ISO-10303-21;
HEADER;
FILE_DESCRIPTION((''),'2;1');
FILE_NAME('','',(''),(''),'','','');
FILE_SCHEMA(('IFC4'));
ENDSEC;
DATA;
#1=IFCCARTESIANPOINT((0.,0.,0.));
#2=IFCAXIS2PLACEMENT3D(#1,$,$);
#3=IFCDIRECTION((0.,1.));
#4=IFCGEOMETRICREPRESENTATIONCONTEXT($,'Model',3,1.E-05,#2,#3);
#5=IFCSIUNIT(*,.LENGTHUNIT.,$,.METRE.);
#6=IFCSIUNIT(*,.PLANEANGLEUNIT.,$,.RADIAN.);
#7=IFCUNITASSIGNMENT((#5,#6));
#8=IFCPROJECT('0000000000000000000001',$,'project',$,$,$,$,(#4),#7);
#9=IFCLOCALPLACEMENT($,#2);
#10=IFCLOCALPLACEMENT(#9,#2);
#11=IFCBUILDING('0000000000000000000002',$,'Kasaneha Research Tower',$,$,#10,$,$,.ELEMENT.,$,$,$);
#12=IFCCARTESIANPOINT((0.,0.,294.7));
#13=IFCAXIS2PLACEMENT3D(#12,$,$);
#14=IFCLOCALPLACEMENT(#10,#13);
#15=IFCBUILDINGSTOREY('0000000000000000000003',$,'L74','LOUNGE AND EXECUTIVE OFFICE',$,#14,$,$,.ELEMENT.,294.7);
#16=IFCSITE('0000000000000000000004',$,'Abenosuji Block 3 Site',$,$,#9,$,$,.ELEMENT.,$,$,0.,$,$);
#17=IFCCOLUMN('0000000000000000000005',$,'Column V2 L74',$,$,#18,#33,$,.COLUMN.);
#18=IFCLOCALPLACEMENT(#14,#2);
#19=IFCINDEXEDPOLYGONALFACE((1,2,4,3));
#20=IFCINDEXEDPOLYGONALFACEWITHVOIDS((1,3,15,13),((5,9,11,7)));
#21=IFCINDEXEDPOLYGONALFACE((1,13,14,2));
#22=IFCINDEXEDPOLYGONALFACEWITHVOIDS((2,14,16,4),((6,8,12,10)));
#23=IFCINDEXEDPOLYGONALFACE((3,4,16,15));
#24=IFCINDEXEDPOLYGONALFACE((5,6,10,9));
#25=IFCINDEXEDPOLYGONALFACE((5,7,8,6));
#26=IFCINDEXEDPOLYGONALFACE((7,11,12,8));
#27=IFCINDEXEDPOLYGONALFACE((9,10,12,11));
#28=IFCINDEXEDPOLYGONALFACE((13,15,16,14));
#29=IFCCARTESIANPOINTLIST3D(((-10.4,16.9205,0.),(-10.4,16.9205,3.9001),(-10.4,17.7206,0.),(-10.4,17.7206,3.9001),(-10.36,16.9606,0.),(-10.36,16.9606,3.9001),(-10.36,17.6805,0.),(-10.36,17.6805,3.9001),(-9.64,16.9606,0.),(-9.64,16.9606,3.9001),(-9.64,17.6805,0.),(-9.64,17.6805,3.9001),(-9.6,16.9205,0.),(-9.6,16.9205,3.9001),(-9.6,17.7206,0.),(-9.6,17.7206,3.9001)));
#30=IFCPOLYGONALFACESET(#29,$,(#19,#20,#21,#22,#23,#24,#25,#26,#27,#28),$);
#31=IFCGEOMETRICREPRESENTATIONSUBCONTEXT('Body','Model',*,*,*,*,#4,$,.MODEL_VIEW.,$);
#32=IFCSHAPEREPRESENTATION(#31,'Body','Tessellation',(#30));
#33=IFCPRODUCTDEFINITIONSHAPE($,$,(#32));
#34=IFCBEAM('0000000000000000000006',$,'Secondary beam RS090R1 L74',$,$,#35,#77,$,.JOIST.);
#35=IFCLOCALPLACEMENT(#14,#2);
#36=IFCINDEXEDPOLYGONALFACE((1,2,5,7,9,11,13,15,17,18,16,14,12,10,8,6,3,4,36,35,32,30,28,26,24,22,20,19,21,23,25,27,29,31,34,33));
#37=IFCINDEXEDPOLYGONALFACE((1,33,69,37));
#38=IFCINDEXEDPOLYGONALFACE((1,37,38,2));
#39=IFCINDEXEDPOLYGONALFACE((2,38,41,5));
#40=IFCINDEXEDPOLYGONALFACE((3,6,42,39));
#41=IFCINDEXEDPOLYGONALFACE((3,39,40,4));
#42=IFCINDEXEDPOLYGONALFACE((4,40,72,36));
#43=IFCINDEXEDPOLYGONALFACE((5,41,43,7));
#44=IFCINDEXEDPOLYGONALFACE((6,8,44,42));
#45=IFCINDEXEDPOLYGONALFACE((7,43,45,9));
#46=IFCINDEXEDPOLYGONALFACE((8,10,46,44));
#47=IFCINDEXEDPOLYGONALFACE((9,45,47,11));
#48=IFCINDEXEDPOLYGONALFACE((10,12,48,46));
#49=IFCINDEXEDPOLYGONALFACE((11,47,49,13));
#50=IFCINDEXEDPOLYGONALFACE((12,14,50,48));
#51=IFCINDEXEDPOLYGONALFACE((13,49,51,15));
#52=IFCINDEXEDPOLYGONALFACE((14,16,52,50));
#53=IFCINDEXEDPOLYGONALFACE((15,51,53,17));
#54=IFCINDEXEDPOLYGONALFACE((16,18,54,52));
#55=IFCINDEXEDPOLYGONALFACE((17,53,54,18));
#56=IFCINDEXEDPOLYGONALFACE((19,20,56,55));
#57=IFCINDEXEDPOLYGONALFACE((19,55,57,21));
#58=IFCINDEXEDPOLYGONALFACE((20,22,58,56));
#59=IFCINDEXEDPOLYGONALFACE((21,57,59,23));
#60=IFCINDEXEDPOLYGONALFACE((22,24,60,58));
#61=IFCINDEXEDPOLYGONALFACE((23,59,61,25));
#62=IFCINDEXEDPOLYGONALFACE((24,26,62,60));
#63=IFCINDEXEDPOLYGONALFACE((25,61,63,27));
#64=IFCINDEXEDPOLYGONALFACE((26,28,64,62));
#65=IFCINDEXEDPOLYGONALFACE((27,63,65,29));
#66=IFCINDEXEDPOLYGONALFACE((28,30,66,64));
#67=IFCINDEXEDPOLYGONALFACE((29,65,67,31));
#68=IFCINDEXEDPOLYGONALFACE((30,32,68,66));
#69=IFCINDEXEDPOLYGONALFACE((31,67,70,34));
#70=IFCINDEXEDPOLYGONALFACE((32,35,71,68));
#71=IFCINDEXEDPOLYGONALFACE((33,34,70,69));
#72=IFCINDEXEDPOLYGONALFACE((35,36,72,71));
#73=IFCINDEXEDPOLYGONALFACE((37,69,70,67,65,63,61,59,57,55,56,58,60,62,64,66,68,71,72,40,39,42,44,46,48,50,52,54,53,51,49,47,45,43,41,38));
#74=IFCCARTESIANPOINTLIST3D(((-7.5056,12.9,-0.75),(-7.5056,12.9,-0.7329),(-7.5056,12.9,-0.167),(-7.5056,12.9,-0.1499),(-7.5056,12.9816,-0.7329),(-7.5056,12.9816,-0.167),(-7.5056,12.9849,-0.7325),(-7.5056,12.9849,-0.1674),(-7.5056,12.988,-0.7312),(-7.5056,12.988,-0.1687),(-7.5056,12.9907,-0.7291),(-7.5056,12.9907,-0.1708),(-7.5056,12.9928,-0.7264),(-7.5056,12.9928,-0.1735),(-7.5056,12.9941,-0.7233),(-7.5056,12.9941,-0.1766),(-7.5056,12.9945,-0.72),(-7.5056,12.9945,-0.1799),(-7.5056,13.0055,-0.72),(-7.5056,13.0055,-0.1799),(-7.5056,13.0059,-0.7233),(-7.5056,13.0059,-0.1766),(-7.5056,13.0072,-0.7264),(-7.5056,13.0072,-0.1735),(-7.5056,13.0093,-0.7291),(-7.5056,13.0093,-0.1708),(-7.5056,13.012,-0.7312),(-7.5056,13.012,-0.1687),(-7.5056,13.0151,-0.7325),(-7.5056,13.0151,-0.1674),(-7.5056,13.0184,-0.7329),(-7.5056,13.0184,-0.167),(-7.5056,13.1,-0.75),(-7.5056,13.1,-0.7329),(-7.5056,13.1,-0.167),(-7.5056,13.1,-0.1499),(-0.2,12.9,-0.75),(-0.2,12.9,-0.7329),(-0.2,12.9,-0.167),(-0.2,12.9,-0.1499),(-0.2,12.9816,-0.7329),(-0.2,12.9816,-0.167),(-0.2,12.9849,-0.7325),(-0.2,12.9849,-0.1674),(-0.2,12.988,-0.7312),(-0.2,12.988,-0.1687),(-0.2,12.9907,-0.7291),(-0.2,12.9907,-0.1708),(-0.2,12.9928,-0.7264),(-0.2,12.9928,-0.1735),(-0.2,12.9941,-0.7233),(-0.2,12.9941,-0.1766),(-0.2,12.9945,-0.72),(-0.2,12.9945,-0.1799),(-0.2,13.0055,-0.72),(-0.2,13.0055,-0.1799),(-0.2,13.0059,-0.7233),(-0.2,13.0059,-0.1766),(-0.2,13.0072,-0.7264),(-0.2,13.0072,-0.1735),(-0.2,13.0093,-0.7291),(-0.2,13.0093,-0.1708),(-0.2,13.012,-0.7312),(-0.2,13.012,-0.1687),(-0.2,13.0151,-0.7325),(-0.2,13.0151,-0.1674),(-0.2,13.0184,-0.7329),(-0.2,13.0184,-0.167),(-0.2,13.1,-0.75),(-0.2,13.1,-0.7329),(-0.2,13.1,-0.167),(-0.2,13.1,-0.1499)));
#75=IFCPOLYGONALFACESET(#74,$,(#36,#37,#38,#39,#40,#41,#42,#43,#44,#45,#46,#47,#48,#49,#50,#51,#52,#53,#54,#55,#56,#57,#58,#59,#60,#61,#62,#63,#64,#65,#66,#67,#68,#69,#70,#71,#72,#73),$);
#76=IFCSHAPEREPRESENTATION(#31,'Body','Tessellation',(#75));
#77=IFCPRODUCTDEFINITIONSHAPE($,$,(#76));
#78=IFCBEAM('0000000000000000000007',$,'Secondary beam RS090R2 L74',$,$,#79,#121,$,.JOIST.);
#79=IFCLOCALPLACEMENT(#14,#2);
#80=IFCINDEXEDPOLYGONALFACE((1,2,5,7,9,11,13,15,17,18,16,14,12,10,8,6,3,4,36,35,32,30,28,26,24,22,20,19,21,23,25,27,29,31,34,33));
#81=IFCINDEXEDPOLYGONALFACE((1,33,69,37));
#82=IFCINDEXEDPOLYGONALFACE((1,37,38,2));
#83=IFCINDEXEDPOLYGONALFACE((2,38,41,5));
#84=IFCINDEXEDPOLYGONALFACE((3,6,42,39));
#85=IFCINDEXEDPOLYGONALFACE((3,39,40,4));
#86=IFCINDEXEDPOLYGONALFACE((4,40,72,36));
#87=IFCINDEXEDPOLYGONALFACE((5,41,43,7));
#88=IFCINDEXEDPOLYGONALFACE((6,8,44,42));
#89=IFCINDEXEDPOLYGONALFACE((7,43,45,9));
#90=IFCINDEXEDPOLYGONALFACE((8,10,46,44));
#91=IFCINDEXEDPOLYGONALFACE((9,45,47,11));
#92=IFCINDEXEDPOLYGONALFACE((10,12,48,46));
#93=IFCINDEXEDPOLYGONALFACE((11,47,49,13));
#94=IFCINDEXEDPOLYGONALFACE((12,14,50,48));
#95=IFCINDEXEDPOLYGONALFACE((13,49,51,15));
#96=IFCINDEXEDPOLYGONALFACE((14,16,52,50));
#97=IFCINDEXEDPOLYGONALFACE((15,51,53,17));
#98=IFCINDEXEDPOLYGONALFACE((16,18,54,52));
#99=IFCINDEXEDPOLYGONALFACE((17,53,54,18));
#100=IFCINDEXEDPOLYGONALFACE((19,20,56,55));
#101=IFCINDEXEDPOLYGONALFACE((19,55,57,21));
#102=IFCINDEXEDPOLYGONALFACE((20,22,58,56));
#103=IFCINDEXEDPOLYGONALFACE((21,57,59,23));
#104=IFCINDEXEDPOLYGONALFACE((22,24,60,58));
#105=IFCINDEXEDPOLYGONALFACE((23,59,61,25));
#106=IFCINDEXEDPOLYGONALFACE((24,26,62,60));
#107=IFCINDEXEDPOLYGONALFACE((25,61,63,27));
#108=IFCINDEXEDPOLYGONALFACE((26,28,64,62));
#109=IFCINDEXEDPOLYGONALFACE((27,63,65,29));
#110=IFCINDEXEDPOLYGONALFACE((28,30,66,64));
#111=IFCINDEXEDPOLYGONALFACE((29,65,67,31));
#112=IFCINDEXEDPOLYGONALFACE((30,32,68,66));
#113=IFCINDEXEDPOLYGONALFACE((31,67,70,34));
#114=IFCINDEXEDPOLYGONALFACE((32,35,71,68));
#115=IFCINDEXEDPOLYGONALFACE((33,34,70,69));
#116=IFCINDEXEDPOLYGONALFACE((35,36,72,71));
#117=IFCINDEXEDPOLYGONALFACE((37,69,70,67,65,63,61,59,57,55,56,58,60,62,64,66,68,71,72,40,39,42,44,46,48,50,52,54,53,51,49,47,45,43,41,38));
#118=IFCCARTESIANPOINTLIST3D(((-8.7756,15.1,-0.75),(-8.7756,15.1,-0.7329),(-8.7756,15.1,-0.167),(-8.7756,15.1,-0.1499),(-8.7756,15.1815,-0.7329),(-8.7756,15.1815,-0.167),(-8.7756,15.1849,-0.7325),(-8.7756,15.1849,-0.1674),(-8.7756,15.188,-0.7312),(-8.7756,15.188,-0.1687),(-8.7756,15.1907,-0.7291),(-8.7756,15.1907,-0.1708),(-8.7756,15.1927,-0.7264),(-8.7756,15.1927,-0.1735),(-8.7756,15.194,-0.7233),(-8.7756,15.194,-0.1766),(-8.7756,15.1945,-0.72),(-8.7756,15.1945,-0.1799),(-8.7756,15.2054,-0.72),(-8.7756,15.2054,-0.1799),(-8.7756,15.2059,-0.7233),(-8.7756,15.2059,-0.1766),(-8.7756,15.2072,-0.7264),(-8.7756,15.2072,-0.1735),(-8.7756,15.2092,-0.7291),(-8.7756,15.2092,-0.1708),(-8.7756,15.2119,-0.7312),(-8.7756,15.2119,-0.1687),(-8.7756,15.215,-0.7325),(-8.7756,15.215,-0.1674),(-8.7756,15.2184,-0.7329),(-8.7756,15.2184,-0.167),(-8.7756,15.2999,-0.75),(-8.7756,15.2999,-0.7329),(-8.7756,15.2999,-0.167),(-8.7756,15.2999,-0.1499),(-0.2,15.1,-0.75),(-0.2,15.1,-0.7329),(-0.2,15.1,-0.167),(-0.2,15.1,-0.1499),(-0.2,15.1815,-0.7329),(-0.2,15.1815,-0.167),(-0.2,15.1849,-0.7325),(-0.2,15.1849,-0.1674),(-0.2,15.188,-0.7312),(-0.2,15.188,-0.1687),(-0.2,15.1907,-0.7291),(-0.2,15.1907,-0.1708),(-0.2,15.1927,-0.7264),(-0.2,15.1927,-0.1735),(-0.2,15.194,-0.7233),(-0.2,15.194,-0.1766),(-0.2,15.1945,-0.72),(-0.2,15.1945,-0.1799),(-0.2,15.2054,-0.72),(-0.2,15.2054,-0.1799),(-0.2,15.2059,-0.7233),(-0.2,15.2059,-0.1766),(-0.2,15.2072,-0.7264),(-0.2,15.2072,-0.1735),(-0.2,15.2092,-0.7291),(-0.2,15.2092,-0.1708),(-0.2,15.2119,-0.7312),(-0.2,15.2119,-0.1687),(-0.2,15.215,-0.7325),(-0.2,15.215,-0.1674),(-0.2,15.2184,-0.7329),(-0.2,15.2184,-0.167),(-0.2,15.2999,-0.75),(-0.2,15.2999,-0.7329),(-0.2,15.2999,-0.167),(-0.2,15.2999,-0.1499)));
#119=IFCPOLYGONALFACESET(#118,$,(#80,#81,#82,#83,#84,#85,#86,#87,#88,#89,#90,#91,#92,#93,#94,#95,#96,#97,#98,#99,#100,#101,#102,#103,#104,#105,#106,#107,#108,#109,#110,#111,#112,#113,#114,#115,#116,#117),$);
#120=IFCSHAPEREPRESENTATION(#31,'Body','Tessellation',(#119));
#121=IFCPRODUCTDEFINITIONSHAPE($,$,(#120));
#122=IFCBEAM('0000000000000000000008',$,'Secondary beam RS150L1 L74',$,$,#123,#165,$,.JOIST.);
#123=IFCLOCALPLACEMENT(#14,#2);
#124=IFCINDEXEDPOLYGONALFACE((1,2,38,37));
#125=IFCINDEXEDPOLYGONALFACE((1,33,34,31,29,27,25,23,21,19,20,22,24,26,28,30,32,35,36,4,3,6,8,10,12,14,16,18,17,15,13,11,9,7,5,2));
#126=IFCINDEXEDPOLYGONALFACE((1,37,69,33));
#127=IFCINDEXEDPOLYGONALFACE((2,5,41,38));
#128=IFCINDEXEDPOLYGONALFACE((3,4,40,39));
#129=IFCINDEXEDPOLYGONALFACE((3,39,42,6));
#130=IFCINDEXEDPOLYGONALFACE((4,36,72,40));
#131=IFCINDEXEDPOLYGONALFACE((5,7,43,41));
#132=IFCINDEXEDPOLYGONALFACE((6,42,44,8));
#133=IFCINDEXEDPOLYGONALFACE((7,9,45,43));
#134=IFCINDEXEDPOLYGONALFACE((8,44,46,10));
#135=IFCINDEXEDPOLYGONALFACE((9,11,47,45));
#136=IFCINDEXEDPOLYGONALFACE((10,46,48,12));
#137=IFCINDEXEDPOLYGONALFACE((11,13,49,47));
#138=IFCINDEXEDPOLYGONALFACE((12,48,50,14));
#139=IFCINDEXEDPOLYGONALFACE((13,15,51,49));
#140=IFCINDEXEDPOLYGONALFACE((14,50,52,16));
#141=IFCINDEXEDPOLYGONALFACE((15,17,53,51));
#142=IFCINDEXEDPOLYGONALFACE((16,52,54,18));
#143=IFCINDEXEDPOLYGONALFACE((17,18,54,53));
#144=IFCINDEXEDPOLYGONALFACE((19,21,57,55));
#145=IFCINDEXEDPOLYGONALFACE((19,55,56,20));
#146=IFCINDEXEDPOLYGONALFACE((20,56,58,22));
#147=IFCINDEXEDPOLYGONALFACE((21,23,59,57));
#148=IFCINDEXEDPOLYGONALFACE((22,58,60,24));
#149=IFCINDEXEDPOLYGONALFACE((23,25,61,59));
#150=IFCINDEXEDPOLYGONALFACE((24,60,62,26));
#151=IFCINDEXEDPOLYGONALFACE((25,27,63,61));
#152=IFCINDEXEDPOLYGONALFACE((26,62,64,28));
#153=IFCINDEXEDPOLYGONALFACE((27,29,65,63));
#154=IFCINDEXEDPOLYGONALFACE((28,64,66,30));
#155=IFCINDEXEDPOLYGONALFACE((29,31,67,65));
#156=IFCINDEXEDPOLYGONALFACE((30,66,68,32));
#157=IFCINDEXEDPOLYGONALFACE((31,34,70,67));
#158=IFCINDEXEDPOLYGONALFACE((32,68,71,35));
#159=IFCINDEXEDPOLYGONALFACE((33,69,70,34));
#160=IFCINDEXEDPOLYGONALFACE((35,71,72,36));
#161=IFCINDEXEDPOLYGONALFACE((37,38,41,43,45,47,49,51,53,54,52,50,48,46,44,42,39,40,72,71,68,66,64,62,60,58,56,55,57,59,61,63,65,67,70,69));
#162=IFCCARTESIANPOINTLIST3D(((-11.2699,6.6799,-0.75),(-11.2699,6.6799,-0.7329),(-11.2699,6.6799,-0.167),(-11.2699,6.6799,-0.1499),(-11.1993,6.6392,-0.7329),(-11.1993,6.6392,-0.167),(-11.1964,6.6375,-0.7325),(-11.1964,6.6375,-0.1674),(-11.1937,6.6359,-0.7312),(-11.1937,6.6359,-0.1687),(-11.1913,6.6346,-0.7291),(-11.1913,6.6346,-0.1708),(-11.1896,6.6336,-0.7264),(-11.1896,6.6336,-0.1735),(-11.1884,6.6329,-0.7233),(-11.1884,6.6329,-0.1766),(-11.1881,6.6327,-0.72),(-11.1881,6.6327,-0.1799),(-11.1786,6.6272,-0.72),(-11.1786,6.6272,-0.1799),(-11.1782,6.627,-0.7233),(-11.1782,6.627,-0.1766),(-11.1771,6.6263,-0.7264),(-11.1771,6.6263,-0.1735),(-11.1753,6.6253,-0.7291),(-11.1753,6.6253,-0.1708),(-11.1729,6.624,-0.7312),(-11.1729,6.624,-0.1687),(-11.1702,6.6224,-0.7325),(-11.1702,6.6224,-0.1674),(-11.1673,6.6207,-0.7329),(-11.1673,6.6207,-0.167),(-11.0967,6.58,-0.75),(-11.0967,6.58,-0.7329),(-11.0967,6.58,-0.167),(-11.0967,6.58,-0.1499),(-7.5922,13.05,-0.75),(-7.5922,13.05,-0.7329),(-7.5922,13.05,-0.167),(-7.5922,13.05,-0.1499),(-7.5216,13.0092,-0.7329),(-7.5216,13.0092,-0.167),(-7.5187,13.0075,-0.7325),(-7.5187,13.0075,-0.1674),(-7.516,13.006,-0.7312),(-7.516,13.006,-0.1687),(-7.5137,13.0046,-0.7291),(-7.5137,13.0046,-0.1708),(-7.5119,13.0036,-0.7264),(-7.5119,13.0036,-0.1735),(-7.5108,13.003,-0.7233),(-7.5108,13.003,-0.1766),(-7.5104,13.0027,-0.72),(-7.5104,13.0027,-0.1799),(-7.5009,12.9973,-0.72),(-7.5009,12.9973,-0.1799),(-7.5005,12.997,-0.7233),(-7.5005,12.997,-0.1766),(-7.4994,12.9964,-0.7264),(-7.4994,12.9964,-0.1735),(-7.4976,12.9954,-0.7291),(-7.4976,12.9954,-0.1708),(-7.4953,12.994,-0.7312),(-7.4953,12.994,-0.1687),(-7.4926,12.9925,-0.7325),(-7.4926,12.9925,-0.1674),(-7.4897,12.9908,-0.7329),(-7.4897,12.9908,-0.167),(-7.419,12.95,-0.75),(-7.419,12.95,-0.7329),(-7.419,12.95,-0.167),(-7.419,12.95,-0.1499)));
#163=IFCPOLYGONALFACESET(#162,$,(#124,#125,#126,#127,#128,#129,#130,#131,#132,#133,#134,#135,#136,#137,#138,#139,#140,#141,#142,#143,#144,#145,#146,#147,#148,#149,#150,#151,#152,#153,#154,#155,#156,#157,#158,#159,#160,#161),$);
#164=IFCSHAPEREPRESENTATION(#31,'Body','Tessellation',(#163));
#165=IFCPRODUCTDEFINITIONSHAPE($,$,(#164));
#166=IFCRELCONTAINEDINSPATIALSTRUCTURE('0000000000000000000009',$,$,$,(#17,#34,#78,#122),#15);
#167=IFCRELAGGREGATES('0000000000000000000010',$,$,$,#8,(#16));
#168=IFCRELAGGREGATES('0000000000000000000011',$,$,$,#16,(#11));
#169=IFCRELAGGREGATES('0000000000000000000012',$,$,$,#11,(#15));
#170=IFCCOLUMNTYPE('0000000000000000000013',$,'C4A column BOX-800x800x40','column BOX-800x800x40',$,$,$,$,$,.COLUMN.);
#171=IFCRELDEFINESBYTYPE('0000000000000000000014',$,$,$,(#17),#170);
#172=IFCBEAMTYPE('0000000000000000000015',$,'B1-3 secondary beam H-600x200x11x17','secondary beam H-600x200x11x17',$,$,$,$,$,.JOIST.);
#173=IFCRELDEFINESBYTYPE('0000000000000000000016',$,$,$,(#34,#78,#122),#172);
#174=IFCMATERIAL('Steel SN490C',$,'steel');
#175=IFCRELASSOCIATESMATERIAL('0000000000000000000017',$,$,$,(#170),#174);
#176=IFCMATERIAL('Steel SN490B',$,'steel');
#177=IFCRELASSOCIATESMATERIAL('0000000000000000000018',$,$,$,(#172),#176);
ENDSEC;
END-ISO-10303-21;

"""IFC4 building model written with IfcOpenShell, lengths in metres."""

from ifc_helpers import new_model, si_unit, direction, frame, origin, origin_2d, place, context, subcontext, project, spatial, hollow_rectangle, i_section, extrude, material, material_profile, profile_set, type_object, element, save


model = new_model("IFC4")

# Units and contexts
model_context = context("Model", 3, precision=1e-05, world=origin(), true_north=direction((0.0, 1.0)))
body_context = subcontext(model_context, "Body", "Model", "MODEL_VIEW")
ifc_project = project(units=[si_unit("LENGTHUNIT", "METRE"), si_unit("PLANEANGLEUNIT", "RADIAN")], contexts=[model_context])

# Site, building, storey
site_placement = place(None, origin())
site = spatial("IfcSite", under=ifc_project, at=site_placement, Name="Abenosuji Block 3 Site", CompositionType="ELEMENT", RefElevation=0.0)
building_placement = place(site_placement, origin())
building = spatial("IfcBuilding", under=site, at=building_placement, Name="Kasaneha Research Tower", CompositionType="ELEMENT")
storey_placement = place(building_placement, frame((0.0, 0.0, 294.7)))
storey = spatial("IfcBuildingStorey", under=building, at=storey_placement, Name="L74", Description="LOUNGE AND EXECUTIVE OFFICE", CompositionType="ELEMENT", Elevation=294.7)

# Column
ifc_material_1 = material(Name="Steel SN490C", Category="steel")
ifc_material_profile_1 = material_profile(ifc_material_1, hollow_rectangle(XDim=0.8, YDim=0.8, WallThickness=0.04, at=origin_2d()), Name="BOX-800x800x40")
ifc_profile_set_1 = profile_set([ifc_material_profile_1], Name="Steel SN490C")
column_type = type_object("IfcColumnType", Name="C4A column BOX-800x800x40", Description="column BOX-800x800x40", PredefinedType="COLUMN", material=ifc_profile_set_1)
column_placement = place(storey_placement, frame((-10.0, 17.3206, 0.0), z_axis=(0.0, 0.0, 1.0), x_axis=(1.0, 0.0, 0.0)))
element("IfcColumn", 1, at=column_placement, inside=storey, type_object=column_type, Name="Column V2 L74", PredefinedType="COLUMN", context=body_context, shape_type="SweptSolid", body=[
    extrude(hollow_rectangle(XDim=0.8, YDim=0.8, WallThickness=0.04, at=origin_2d()), origin(), (0.0, 0.0, 1.0), 3.9001),
])

# Beams
ifc_material_2 = material(Name="Steel SN490B", Category="steel")
ifc_material_profile_2 = material_profile(ifc_material_2, i_section(OverallWidth=0.2, OverallDepth=0.6001, WebThickness=0.011, FlangeThickness=0.0171, FilletRadius=0.0129, at=origin_2d()), Name="H-600x200x11x17")
ifc_profile_set_2 = profile_set([ifc_material_profile_2], Name="Steel SN490B")
beam_type_1 = type_object("IfcBeamType", Name="B1-3 secondary beam H-600x200x11x17", Description="secondary beam H-600x200x11x17", PredefinedType="JOIST", material=ifc_profile_set_2)
beam_1_placement = place(storey_placement, frame((-7.5056, 13.0, -0.45), z_axis=(1.0, 0.0, 0.0), x_axis=(0.0, 1.0, 0.0)))
element("IfcBeam", 2, at=beam_1_placement, inside=storey, type_object=beam_type_1, Name="Secondary beam RS090R1 L74", PredefinedType="JOIST", context=body_context, shape_type="SweptSolid", body=[
    extrude(i_section(OverallWidth=0.2, OverallDepth=0.6001, WebThickness=0.011, FlangeThickness=0.0171, FilletRadius=0.0129, at=origin_2d()), origin(), (0.0, 0.0, 1.0), 7.3057),
])
beam_2_placement = place(storey_placement, frame((-8.7756, 15.2, -0.45), z_axis=(1.0, 0.0, 0.0), x_axis=(0.0, 1.0, 0.0)))
element("IfcBeam", 3, at=beam_2_placement, inside=storey, type_object=beam_type_1, Name="Secondary beam RS090R2 L74", PredefinedType="JOIST", context=body_context, shape_type="SweptSolid", body=[
    extrude(i_section(OverallWidth=0.2, OverallDepth=0.6001, WebThickness=0.011, FlangeThickness=0.0171, FilletRadius=0.0129, at=origin_2d()), origin(), (0.0, 0.0, 1.0), 8.5757),
])
beam_3_placement = place(storey_placement, frame((-7.5056, 13.0, -0.45), z_axis=(-0.499994, -0.866029, 0.0), x_axis=(0.866029, -0.499994, 0.0)))
element("IfcBeam", 4, at=beam_3_placement, inside=storey, type_object=beam_type_1, Name="Secondary beam RS150L1 L74", PredefinedType="JOIST", context=body_context, shape_type="SweptSolid", body=[
    extrude(i_section(OverallWidth=0.2, OverallDepth=0.6001, WebThickness=0.011, FlangeThickness=0.0171, FilletRadius=0.0129, at=origin_2d()), origin(), (0.0, 0.0, 1.0), 7.3555),
])

save(model, "model.ifc")
